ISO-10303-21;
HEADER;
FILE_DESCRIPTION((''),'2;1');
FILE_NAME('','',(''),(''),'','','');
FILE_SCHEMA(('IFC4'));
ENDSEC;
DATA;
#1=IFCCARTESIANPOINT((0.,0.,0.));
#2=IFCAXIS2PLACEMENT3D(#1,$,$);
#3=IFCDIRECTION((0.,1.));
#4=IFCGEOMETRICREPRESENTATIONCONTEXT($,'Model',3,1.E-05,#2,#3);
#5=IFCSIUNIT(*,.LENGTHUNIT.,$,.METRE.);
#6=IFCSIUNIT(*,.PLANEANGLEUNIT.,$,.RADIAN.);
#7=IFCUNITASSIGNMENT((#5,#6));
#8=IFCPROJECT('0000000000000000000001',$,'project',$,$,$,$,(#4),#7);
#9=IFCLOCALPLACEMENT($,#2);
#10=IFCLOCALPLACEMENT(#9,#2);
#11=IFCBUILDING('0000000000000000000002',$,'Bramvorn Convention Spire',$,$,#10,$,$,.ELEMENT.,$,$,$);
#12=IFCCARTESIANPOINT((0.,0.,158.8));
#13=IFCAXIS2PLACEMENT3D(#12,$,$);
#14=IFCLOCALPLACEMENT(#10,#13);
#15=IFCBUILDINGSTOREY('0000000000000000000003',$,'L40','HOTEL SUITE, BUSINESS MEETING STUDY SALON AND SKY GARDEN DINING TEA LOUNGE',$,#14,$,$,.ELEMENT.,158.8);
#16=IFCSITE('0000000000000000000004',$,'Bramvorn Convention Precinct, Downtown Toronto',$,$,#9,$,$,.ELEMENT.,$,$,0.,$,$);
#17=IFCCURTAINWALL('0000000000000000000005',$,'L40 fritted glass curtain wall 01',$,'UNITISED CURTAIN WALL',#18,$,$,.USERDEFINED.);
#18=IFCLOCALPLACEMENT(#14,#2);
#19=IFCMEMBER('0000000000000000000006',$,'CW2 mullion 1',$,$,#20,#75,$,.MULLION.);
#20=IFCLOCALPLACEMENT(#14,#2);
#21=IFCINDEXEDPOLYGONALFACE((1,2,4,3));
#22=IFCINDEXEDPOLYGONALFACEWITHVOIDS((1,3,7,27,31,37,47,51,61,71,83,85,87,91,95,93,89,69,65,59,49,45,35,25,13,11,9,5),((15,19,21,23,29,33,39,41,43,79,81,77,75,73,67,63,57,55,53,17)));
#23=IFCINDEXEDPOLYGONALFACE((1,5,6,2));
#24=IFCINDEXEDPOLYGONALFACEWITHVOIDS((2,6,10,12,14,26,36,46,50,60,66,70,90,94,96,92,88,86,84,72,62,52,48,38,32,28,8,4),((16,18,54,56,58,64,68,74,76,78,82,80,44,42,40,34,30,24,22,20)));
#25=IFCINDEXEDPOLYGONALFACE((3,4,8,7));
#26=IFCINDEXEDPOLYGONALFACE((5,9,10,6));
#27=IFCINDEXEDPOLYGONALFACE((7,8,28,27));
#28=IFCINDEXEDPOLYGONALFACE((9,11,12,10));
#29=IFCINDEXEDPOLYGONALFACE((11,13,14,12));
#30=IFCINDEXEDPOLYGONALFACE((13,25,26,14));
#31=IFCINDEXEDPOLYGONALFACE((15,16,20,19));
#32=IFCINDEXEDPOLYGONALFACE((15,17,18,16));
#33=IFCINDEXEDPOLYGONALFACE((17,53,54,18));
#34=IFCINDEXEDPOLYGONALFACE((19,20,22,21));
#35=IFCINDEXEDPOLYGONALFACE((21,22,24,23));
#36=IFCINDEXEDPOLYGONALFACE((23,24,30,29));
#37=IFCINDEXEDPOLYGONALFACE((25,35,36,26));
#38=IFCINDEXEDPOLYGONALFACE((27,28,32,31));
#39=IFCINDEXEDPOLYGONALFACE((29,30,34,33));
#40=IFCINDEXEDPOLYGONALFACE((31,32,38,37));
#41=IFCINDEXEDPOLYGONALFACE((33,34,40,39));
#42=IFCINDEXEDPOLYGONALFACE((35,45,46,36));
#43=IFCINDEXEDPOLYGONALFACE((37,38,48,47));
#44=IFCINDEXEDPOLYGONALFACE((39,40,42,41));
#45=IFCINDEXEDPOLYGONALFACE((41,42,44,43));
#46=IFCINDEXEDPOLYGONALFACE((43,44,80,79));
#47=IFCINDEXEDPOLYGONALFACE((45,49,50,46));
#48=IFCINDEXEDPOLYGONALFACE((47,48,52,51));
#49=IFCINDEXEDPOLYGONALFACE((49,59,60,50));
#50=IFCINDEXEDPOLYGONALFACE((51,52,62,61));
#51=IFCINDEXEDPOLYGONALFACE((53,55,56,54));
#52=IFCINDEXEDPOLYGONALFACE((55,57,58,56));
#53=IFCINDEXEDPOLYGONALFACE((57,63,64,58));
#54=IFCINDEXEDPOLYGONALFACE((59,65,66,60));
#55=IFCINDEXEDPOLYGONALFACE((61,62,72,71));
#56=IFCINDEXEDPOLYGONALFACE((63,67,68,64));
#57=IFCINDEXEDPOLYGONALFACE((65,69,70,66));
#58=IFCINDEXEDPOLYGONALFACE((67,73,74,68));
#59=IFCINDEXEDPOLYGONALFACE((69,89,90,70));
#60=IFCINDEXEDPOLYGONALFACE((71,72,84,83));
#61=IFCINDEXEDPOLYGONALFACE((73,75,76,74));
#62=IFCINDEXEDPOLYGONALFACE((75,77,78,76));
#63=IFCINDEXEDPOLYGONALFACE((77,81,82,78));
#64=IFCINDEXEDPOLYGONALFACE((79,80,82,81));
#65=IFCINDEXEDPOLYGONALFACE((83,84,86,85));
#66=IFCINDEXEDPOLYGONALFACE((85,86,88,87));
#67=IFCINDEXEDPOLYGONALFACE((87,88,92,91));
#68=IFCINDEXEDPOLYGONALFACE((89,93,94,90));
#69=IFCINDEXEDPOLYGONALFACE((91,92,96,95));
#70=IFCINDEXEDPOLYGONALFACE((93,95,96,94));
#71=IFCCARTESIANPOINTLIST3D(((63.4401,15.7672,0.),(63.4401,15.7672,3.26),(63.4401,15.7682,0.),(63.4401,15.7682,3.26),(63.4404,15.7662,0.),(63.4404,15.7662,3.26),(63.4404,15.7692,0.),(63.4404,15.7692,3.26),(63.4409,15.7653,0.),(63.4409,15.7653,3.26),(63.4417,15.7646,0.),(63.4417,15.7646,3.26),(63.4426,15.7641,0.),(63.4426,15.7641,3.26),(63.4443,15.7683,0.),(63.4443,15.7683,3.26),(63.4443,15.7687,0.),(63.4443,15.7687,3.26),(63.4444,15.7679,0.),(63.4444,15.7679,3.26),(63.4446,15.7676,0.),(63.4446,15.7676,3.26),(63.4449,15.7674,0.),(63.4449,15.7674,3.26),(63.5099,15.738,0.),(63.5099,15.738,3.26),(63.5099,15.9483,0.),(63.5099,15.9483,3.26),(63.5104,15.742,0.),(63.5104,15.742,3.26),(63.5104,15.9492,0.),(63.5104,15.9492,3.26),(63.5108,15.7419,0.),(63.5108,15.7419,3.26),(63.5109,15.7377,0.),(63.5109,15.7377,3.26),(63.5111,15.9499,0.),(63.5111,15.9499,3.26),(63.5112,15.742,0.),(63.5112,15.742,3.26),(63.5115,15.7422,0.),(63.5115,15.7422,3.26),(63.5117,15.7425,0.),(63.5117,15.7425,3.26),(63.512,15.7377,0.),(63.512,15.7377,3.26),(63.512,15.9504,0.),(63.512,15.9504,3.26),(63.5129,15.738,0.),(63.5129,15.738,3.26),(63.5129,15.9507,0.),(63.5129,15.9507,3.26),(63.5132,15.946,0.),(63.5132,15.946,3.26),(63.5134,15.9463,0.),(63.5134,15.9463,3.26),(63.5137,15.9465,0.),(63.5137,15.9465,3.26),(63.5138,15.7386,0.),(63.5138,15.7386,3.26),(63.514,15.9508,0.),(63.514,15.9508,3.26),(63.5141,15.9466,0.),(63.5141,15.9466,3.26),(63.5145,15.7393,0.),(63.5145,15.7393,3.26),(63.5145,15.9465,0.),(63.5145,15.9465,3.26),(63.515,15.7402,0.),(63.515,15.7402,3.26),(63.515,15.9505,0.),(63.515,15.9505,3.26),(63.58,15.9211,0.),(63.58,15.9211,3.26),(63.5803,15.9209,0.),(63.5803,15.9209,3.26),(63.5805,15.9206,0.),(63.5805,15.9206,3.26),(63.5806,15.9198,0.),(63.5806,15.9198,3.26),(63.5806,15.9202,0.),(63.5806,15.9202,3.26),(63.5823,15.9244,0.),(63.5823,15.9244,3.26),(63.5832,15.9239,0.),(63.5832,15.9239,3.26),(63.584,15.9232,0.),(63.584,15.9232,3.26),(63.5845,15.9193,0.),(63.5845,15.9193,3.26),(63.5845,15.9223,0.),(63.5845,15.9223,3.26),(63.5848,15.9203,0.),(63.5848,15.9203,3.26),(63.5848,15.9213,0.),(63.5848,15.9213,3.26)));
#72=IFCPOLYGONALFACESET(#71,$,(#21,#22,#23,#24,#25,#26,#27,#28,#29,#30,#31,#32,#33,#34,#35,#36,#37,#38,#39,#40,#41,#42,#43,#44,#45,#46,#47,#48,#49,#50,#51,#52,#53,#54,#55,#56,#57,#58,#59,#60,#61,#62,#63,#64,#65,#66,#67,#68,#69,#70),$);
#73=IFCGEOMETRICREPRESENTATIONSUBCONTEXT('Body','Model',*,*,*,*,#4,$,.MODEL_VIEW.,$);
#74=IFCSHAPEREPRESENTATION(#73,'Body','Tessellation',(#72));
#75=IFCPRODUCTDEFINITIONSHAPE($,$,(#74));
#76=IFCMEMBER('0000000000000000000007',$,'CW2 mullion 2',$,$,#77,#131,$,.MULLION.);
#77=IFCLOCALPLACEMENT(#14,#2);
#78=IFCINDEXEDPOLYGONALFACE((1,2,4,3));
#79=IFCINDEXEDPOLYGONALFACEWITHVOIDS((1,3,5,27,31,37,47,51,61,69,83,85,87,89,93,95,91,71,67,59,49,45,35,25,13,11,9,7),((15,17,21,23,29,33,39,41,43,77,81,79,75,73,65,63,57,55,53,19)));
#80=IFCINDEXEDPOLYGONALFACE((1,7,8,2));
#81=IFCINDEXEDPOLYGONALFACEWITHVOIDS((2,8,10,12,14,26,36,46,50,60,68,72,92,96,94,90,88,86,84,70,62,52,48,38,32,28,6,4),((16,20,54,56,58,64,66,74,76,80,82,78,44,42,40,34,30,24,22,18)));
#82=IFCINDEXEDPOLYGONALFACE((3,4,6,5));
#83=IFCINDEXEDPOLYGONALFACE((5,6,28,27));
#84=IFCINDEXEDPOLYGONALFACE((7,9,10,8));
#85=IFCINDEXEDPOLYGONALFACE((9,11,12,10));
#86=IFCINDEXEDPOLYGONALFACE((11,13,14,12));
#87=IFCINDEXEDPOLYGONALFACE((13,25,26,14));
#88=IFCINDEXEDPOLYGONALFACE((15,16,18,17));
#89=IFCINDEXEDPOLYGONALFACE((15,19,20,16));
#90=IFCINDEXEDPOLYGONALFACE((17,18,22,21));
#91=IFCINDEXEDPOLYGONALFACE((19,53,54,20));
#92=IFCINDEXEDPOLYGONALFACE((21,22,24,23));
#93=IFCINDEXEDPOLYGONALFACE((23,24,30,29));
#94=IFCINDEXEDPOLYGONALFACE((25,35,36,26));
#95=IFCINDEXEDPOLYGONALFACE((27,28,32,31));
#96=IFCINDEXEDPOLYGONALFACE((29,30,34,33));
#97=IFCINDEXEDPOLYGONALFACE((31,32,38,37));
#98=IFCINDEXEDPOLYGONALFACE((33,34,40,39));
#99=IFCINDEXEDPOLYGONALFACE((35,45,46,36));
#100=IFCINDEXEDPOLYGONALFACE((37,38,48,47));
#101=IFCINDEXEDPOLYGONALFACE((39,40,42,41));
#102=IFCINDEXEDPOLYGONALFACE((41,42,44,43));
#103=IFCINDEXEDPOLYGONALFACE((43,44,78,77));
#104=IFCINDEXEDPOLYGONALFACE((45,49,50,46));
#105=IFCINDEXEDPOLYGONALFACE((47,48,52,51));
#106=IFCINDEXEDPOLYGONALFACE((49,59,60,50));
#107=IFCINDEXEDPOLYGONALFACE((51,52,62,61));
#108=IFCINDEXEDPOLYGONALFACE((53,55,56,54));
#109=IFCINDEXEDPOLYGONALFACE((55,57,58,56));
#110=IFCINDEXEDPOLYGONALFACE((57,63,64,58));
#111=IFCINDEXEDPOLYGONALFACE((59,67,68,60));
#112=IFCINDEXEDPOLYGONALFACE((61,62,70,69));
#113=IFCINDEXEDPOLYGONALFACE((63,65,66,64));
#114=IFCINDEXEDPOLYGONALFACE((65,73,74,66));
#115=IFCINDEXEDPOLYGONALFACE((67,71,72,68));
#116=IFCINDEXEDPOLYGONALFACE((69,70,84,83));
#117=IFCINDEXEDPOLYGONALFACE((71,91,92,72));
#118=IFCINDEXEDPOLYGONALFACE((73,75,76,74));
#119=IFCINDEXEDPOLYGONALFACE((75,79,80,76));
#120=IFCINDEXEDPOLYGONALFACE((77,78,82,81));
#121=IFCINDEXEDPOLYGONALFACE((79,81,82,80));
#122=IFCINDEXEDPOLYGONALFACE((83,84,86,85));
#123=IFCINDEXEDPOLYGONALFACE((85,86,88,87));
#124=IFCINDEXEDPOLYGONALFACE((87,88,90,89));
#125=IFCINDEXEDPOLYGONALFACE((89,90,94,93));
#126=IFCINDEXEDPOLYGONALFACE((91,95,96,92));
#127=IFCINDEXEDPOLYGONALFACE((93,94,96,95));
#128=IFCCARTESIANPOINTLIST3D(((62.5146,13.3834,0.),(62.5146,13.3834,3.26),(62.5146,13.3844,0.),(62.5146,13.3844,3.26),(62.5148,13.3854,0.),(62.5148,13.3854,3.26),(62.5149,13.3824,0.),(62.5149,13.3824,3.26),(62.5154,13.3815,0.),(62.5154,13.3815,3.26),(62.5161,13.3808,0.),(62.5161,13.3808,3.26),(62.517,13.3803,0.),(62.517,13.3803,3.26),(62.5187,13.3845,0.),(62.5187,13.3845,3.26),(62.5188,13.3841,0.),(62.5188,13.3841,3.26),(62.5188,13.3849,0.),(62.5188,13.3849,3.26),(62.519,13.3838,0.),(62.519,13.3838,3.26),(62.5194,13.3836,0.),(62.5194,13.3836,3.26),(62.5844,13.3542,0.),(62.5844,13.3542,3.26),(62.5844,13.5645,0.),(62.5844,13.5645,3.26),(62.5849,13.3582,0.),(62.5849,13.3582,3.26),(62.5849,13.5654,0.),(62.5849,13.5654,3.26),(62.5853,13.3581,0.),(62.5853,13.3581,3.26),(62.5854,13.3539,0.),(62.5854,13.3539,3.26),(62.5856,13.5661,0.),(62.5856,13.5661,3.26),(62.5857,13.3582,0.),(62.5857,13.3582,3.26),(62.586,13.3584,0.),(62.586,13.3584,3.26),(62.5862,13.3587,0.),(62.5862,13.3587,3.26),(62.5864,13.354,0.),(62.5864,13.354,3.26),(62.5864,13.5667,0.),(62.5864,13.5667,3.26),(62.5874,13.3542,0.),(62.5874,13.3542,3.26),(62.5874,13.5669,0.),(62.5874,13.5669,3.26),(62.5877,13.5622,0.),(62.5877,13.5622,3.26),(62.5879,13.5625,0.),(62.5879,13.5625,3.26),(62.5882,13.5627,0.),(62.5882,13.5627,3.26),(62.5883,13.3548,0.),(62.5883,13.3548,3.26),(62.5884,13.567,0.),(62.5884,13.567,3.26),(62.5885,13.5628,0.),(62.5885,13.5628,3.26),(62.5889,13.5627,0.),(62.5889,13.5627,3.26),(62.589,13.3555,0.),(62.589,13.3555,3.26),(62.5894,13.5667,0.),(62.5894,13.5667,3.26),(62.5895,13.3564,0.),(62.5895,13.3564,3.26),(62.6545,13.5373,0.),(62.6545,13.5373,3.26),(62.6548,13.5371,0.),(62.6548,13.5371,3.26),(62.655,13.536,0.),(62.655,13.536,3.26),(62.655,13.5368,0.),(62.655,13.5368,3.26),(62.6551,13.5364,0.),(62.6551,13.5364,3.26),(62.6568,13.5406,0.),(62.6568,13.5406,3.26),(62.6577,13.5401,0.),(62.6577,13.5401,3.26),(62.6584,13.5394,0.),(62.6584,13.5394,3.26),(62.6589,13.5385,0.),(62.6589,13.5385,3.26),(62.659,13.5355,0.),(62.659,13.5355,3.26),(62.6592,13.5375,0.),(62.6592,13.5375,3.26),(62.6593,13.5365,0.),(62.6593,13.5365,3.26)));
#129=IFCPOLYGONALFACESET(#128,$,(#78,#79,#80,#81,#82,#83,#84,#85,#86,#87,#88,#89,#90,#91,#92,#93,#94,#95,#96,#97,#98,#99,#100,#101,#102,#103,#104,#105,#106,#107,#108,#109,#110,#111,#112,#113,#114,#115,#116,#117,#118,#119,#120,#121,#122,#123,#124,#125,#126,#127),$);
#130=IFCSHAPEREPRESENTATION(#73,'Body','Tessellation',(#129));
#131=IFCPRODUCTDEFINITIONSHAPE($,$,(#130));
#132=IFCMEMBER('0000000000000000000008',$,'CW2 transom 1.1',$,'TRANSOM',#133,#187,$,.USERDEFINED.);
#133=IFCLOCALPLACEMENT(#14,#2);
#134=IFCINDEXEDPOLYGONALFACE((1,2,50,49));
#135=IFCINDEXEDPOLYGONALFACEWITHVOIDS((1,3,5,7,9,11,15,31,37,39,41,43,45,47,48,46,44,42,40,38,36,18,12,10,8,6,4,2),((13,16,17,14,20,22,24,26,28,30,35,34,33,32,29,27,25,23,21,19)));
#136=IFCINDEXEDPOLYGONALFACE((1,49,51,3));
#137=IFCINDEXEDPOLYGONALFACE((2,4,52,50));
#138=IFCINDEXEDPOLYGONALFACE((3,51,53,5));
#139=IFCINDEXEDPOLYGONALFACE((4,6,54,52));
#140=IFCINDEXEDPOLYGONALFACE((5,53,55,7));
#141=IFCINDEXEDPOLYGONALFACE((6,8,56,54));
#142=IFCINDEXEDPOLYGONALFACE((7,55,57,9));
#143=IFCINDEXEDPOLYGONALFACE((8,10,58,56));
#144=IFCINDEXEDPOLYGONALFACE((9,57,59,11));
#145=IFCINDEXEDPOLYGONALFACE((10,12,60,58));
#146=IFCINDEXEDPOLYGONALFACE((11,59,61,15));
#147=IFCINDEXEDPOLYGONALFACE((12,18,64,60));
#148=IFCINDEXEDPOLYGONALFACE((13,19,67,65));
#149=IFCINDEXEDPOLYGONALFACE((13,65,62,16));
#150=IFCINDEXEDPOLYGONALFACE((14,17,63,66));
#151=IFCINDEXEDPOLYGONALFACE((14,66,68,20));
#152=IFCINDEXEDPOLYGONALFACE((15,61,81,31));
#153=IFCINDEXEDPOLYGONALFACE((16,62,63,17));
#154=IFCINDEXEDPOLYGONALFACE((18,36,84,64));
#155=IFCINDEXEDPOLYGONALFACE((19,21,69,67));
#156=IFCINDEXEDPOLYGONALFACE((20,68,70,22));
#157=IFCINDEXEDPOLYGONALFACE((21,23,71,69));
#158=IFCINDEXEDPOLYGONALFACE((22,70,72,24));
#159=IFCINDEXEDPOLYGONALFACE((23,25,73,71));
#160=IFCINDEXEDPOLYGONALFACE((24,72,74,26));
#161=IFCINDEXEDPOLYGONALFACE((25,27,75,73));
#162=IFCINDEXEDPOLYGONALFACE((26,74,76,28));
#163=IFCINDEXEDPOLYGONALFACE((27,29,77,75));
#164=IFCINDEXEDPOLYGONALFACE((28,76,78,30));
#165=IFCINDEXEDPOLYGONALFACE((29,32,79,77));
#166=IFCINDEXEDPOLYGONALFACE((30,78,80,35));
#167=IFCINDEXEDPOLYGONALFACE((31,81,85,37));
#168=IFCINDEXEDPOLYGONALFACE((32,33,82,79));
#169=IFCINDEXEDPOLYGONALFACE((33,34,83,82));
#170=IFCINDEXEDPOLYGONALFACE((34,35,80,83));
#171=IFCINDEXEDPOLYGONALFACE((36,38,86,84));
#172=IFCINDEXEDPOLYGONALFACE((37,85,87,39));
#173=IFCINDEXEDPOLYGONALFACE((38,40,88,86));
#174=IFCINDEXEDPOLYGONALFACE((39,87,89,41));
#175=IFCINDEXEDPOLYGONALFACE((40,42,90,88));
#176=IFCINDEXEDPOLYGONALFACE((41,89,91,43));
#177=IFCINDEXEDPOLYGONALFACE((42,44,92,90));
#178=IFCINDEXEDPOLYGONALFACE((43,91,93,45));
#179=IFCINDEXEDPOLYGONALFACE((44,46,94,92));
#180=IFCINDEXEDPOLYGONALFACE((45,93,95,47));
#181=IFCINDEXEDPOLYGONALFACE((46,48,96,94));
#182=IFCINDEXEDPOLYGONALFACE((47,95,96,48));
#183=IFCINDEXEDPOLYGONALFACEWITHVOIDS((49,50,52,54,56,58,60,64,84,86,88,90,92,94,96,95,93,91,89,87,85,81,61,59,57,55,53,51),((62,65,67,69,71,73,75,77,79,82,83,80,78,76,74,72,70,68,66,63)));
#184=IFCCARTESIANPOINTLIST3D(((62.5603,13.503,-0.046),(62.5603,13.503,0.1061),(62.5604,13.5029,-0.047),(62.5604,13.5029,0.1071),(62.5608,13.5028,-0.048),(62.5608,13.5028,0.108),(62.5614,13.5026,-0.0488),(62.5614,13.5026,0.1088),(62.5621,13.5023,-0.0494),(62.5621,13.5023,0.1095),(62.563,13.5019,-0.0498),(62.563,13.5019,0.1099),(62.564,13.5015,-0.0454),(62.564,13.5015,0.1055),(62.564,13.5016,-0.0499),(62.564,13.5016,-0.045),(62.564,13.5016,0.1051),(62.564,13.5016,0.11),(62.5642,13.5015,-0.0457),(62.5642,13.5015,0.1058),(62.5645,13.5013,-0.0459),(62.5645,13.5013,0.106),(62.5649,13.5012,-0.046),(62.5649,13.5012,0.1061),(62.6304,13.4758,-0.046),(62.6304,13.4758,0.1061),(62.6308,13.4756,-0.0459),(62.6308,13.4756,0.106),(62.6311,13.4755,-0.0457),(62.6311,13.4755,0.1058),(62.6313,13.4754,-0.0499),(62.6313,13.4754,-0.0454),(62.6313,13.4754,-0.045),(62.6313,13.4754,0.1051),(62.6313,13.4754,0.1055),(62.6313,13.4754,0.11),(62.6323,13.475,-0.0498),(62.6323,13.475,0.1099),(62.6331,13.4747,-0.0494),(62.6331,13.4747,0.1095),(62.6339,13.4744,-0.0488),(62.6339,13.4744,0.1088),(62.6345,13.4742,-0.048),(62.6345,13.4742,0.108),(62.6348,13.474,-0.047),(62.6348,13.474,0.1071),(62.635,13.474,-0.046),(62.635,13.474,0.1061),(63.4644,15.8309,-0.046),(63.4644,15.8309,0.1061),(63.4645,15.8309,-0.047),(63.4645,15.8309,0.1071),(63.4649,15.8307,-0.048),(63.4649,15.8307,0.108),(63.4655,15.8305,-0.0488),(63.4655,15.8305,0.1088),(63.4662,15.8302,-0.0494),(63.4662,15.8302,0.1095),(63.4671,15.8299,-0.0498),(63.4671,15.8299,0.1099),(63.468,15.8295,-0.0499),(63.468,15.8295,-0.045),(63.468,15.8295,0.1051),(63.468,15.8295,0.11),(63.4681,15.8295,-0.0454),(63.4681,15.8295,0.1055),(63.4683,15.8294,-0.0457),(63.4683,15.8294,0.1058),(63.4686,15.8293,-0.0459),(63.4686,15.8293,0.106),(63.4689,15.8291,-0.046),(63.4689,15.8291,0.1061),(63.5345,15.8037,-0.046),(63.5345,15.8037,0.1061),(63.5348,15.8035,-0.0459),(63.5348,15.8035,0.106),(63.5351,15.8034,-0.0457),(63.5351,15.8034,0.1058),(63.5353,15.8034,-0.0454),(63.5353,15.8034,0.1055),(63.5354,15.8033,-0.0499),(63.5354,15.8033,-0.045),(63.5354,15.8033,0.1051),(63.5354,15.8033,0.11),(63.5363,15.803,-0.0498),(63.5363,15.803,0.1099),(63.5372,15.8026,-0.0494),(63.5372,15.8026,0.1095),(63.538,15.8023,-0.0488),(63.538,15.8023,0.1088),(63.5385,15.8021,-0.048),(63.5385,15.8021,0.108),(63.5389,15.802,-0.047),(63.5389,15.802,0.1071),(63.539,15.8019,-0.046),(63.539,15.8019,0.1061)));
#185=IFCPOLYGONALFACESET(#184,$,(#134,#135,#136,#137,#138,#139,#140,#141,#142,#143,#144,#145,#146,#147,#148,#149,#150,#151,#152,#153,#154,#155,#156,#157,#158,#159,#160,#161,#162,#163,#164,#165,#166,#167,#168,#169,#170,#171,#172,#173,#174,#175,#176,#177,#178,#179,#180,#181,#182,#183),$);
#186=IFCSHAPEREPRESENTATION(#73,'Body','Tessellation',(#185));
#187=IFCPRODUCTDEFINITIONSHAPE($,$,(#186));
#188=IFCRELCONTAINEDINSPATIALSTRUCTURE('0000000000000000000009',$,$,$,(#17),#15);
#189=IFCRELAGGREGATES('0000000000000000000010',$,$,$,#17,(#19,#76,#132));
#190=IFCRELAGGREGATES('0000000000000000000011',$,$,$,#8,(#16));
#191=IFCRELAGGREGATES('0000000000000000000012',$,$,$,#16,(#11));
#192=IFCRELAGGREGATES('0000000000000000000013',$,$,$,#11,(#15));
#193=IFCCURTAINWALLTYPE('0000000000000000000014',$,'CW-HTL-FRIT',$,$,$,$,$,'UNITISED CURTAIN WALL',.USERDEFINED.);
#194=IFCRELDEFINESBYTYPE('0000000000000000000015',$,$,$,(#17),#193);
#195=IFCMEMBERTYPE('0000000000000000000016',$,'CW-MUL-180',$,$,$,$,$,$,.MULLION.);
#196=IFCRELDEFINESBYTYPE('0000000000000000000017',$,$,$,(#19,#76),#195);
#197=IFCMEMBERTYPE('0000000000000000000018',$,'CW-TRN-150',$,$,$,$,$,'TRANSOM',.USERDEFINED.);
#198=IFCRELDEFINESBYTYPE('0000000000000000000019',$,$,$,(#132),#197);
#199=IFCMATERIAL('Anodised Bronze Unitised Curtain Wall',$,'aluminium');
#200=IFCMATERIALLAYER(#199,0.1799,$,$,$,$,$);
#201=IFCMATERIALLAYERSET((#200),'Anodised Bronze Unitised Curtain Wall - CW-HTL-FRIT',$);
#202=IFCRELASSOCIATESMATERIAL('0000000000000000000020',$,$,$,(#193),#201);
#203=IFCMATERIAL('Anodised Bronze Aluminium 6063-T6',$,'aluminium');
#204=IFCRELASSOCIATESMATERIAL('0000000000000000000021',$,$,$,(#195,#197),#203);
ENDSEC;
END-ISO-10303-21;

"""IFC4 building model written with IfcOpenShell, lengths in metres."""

from ifc_helpers import new_model, si_unit, direction, frame, origin, origin_2d, place, context, subcontext, project, spatial, hollow_rectangle, extrude, material, layer, layer_set, material_profile, profile_set, type_object, element, aggregate, save


model = new_model("IFC4")

# Units and contexts
model_context = context("Model", 3, precision=1e-05, world=origin(), true_north=direction((0.0, 1.0)))
body_context = subcontext(model_context, "Body", "Model", "MODEL_VIEW")
ifc_project = project(units=[si_unit("LENGTHUNIT", "METRE"), si_unit("PLANEANGLEUNIT", "RADIAN")], contexts=[model_context])

# Site, building, storey
site_placement = place(None, origin())
site = spatial("IfcSite", under=ifc_project, at=site_placement, Name="Bramvorn Convention Precinct, Downtown Toronto", CompositionType="ELEMENT", RefElevation=0.0)
building_placement = place(site_placement, origin())
building = spatial("IfcBuilding", under=site, at=building_placement, Name="Bramvorn Convention Spire", CompositionType="ELEMENT")
storey_placement = place(building_placement, frame((0.0, 0.0, 158.8)))
storey = spatial("IfcBuildingStorey", under=building, at=storey_placement, Name="L40", Description="HOTEL SUITE, BUSINESS MEETING STUDY SALON AND SKY GARDEN DINING TEA LOUNGE", CompositionType="ELEMENT", Elevation=158.8)

# Curtain wall, members
ifc_material_1 = material(Name="Anodised Bronze Unitised Curtain Wall", Category="aluminium")
ifc_layer_1 = layer(ifc_material_1, 0.1799)
ifc_layer_set_1 = layer_set([ifc_layer_1], Name="Anodised Bronze Unitised Curtain Wall - CW-HTL-FRIT")
curtain_wall_type = type_object("IfcCurtainWallType", Name="CW-HTL-FRIT", ElementType="UNITISED CURTAIN WALL", PredefinedType="USERDEFINED", material=ifc_layer_set_1)
curtain_wall_placement = place(storey_placement, origin())
curtain_wall = element("IfcCurtainWall", 1, at=curtain_wall_placement, inside=storey, type_object=curtain_wall_type, Name="L40 fritted glass curtain wall 01", ObjectType="UNITISED CURTAIN WALL", PredefinedType="USERDEFINED")
ifc_material_2 = material(Name="Anodised Bronze Aluminium 6063-T6", Category="aluminium")
ifc_material_profile_1 = material_profile(ifc_material_2, hollow_rectangle(XDim=0.0801, YDim=0.2, WallThickness=0.0039, InnerFilletRadius=0.001, OuterFilletRadius=0.0039, at=origin_2d()))
ifc_profile_set_1 = profile_set([ifc_material_profile_1], Name="Anodised Bronze Aluminium 6063-T6 - CWM80X200")
member_type_1 = type_object("IfcMemberType", Name="CW-MUL-180", PredefinedType="MULLION", material=ifc_profile_set_1)
member_1_placement = place(storey_placement, frame((63.5125, 15.8442, 0.0), z_axis=(0.0, 0.0, 1.0), x_axis=(0.932188, -0.361975, 0.0)))
member_1 = element("IfcMember", 2, at=member_1_placement, type_object=member_type_1, Name="CW2 mullion 1", PredefinedType="MULLION", context=body_context, shape_type="SweptSolid", body=[
    extrude(hollow_rectangle(XDim=0.0801, YDim=0.2, WallThickness=0.0039, InnerFilletRadius=0.001, OuterFilletRadius=0.0039, at=origin_2d()), origin(), (0.0, 0.0, 1.0), 3.26),
])
member_2_placement = place(storey_placement, frame((62.5869, 13.4604, 0.0), z_axis=(0.0, 0.0, 1.0), x_axis=(0.932188, -0.361975, 0.0)))
member_2 = element("IfcMember", 3, at=member_2_placement, type_object=member_type_1, Name="CW2 mullion 2", PredefinedType="MULLION", context=body_context, shape_type="SweptSolid", body=[
    extrude(hollow_rectangle(XDim=0.0801, YDim=0.2, WallThickness=0.0039, InnerFilletRadius=0.001, OuterFilletRadius=0.0039, at=origin_2d()), origin(), (0.0, 0.0, 1.0), 3.26),
])
ifc_material_profile_2 = material_profile(ifc_material_2, hollow_rectangle(XDim=0.0801, YDim=0.1599, WallThickness=0.0039, InnerFilletRadius=0.001, OuterFilletRadius=0.0039, at=origin_2d()))
ifc_profile_set_2 = profile_set([ifc_material_profile_2], Name="Anodised Bronze Aluminium 6063-T6 - CWT80X160")
member_type_2 = type_object("IfcMemberType", Name="CW-TRN-150", ElementType="TRANSOM", PredefinedType="USERDEFINED", material=ifc_profile_set_2)
member_3_placement = place(storey_placement, frame((63.5017, 15.8164, 0.03), z_axis=(-0.362017, -0.932172, 0.0), x_axis=(0.932172, -0.362017, 0.0)))
member_3 = element("IfcMember", 4, at=member_3_placement, type_object=member_type_2, Name="CW2 transom 1.1", ObjectType="TRANSOM", PredefinedType="USERDEFINED", context=body_context, shape_type="SweptSolid", body=[
    extrude(hollow_rectangle(XDim=0.0801, YDim=0.1599, WallThickness=0.0039, InnerFilletRadius=0.001, OuterFilletRadius=0.0039, at=origin_2d()), origin(), (0.0, 0.0, 1.0), 2.4973),
])
aggregate(curtain_wall, [member_1, member_2, member_3])

save(model, "model.ifc")
